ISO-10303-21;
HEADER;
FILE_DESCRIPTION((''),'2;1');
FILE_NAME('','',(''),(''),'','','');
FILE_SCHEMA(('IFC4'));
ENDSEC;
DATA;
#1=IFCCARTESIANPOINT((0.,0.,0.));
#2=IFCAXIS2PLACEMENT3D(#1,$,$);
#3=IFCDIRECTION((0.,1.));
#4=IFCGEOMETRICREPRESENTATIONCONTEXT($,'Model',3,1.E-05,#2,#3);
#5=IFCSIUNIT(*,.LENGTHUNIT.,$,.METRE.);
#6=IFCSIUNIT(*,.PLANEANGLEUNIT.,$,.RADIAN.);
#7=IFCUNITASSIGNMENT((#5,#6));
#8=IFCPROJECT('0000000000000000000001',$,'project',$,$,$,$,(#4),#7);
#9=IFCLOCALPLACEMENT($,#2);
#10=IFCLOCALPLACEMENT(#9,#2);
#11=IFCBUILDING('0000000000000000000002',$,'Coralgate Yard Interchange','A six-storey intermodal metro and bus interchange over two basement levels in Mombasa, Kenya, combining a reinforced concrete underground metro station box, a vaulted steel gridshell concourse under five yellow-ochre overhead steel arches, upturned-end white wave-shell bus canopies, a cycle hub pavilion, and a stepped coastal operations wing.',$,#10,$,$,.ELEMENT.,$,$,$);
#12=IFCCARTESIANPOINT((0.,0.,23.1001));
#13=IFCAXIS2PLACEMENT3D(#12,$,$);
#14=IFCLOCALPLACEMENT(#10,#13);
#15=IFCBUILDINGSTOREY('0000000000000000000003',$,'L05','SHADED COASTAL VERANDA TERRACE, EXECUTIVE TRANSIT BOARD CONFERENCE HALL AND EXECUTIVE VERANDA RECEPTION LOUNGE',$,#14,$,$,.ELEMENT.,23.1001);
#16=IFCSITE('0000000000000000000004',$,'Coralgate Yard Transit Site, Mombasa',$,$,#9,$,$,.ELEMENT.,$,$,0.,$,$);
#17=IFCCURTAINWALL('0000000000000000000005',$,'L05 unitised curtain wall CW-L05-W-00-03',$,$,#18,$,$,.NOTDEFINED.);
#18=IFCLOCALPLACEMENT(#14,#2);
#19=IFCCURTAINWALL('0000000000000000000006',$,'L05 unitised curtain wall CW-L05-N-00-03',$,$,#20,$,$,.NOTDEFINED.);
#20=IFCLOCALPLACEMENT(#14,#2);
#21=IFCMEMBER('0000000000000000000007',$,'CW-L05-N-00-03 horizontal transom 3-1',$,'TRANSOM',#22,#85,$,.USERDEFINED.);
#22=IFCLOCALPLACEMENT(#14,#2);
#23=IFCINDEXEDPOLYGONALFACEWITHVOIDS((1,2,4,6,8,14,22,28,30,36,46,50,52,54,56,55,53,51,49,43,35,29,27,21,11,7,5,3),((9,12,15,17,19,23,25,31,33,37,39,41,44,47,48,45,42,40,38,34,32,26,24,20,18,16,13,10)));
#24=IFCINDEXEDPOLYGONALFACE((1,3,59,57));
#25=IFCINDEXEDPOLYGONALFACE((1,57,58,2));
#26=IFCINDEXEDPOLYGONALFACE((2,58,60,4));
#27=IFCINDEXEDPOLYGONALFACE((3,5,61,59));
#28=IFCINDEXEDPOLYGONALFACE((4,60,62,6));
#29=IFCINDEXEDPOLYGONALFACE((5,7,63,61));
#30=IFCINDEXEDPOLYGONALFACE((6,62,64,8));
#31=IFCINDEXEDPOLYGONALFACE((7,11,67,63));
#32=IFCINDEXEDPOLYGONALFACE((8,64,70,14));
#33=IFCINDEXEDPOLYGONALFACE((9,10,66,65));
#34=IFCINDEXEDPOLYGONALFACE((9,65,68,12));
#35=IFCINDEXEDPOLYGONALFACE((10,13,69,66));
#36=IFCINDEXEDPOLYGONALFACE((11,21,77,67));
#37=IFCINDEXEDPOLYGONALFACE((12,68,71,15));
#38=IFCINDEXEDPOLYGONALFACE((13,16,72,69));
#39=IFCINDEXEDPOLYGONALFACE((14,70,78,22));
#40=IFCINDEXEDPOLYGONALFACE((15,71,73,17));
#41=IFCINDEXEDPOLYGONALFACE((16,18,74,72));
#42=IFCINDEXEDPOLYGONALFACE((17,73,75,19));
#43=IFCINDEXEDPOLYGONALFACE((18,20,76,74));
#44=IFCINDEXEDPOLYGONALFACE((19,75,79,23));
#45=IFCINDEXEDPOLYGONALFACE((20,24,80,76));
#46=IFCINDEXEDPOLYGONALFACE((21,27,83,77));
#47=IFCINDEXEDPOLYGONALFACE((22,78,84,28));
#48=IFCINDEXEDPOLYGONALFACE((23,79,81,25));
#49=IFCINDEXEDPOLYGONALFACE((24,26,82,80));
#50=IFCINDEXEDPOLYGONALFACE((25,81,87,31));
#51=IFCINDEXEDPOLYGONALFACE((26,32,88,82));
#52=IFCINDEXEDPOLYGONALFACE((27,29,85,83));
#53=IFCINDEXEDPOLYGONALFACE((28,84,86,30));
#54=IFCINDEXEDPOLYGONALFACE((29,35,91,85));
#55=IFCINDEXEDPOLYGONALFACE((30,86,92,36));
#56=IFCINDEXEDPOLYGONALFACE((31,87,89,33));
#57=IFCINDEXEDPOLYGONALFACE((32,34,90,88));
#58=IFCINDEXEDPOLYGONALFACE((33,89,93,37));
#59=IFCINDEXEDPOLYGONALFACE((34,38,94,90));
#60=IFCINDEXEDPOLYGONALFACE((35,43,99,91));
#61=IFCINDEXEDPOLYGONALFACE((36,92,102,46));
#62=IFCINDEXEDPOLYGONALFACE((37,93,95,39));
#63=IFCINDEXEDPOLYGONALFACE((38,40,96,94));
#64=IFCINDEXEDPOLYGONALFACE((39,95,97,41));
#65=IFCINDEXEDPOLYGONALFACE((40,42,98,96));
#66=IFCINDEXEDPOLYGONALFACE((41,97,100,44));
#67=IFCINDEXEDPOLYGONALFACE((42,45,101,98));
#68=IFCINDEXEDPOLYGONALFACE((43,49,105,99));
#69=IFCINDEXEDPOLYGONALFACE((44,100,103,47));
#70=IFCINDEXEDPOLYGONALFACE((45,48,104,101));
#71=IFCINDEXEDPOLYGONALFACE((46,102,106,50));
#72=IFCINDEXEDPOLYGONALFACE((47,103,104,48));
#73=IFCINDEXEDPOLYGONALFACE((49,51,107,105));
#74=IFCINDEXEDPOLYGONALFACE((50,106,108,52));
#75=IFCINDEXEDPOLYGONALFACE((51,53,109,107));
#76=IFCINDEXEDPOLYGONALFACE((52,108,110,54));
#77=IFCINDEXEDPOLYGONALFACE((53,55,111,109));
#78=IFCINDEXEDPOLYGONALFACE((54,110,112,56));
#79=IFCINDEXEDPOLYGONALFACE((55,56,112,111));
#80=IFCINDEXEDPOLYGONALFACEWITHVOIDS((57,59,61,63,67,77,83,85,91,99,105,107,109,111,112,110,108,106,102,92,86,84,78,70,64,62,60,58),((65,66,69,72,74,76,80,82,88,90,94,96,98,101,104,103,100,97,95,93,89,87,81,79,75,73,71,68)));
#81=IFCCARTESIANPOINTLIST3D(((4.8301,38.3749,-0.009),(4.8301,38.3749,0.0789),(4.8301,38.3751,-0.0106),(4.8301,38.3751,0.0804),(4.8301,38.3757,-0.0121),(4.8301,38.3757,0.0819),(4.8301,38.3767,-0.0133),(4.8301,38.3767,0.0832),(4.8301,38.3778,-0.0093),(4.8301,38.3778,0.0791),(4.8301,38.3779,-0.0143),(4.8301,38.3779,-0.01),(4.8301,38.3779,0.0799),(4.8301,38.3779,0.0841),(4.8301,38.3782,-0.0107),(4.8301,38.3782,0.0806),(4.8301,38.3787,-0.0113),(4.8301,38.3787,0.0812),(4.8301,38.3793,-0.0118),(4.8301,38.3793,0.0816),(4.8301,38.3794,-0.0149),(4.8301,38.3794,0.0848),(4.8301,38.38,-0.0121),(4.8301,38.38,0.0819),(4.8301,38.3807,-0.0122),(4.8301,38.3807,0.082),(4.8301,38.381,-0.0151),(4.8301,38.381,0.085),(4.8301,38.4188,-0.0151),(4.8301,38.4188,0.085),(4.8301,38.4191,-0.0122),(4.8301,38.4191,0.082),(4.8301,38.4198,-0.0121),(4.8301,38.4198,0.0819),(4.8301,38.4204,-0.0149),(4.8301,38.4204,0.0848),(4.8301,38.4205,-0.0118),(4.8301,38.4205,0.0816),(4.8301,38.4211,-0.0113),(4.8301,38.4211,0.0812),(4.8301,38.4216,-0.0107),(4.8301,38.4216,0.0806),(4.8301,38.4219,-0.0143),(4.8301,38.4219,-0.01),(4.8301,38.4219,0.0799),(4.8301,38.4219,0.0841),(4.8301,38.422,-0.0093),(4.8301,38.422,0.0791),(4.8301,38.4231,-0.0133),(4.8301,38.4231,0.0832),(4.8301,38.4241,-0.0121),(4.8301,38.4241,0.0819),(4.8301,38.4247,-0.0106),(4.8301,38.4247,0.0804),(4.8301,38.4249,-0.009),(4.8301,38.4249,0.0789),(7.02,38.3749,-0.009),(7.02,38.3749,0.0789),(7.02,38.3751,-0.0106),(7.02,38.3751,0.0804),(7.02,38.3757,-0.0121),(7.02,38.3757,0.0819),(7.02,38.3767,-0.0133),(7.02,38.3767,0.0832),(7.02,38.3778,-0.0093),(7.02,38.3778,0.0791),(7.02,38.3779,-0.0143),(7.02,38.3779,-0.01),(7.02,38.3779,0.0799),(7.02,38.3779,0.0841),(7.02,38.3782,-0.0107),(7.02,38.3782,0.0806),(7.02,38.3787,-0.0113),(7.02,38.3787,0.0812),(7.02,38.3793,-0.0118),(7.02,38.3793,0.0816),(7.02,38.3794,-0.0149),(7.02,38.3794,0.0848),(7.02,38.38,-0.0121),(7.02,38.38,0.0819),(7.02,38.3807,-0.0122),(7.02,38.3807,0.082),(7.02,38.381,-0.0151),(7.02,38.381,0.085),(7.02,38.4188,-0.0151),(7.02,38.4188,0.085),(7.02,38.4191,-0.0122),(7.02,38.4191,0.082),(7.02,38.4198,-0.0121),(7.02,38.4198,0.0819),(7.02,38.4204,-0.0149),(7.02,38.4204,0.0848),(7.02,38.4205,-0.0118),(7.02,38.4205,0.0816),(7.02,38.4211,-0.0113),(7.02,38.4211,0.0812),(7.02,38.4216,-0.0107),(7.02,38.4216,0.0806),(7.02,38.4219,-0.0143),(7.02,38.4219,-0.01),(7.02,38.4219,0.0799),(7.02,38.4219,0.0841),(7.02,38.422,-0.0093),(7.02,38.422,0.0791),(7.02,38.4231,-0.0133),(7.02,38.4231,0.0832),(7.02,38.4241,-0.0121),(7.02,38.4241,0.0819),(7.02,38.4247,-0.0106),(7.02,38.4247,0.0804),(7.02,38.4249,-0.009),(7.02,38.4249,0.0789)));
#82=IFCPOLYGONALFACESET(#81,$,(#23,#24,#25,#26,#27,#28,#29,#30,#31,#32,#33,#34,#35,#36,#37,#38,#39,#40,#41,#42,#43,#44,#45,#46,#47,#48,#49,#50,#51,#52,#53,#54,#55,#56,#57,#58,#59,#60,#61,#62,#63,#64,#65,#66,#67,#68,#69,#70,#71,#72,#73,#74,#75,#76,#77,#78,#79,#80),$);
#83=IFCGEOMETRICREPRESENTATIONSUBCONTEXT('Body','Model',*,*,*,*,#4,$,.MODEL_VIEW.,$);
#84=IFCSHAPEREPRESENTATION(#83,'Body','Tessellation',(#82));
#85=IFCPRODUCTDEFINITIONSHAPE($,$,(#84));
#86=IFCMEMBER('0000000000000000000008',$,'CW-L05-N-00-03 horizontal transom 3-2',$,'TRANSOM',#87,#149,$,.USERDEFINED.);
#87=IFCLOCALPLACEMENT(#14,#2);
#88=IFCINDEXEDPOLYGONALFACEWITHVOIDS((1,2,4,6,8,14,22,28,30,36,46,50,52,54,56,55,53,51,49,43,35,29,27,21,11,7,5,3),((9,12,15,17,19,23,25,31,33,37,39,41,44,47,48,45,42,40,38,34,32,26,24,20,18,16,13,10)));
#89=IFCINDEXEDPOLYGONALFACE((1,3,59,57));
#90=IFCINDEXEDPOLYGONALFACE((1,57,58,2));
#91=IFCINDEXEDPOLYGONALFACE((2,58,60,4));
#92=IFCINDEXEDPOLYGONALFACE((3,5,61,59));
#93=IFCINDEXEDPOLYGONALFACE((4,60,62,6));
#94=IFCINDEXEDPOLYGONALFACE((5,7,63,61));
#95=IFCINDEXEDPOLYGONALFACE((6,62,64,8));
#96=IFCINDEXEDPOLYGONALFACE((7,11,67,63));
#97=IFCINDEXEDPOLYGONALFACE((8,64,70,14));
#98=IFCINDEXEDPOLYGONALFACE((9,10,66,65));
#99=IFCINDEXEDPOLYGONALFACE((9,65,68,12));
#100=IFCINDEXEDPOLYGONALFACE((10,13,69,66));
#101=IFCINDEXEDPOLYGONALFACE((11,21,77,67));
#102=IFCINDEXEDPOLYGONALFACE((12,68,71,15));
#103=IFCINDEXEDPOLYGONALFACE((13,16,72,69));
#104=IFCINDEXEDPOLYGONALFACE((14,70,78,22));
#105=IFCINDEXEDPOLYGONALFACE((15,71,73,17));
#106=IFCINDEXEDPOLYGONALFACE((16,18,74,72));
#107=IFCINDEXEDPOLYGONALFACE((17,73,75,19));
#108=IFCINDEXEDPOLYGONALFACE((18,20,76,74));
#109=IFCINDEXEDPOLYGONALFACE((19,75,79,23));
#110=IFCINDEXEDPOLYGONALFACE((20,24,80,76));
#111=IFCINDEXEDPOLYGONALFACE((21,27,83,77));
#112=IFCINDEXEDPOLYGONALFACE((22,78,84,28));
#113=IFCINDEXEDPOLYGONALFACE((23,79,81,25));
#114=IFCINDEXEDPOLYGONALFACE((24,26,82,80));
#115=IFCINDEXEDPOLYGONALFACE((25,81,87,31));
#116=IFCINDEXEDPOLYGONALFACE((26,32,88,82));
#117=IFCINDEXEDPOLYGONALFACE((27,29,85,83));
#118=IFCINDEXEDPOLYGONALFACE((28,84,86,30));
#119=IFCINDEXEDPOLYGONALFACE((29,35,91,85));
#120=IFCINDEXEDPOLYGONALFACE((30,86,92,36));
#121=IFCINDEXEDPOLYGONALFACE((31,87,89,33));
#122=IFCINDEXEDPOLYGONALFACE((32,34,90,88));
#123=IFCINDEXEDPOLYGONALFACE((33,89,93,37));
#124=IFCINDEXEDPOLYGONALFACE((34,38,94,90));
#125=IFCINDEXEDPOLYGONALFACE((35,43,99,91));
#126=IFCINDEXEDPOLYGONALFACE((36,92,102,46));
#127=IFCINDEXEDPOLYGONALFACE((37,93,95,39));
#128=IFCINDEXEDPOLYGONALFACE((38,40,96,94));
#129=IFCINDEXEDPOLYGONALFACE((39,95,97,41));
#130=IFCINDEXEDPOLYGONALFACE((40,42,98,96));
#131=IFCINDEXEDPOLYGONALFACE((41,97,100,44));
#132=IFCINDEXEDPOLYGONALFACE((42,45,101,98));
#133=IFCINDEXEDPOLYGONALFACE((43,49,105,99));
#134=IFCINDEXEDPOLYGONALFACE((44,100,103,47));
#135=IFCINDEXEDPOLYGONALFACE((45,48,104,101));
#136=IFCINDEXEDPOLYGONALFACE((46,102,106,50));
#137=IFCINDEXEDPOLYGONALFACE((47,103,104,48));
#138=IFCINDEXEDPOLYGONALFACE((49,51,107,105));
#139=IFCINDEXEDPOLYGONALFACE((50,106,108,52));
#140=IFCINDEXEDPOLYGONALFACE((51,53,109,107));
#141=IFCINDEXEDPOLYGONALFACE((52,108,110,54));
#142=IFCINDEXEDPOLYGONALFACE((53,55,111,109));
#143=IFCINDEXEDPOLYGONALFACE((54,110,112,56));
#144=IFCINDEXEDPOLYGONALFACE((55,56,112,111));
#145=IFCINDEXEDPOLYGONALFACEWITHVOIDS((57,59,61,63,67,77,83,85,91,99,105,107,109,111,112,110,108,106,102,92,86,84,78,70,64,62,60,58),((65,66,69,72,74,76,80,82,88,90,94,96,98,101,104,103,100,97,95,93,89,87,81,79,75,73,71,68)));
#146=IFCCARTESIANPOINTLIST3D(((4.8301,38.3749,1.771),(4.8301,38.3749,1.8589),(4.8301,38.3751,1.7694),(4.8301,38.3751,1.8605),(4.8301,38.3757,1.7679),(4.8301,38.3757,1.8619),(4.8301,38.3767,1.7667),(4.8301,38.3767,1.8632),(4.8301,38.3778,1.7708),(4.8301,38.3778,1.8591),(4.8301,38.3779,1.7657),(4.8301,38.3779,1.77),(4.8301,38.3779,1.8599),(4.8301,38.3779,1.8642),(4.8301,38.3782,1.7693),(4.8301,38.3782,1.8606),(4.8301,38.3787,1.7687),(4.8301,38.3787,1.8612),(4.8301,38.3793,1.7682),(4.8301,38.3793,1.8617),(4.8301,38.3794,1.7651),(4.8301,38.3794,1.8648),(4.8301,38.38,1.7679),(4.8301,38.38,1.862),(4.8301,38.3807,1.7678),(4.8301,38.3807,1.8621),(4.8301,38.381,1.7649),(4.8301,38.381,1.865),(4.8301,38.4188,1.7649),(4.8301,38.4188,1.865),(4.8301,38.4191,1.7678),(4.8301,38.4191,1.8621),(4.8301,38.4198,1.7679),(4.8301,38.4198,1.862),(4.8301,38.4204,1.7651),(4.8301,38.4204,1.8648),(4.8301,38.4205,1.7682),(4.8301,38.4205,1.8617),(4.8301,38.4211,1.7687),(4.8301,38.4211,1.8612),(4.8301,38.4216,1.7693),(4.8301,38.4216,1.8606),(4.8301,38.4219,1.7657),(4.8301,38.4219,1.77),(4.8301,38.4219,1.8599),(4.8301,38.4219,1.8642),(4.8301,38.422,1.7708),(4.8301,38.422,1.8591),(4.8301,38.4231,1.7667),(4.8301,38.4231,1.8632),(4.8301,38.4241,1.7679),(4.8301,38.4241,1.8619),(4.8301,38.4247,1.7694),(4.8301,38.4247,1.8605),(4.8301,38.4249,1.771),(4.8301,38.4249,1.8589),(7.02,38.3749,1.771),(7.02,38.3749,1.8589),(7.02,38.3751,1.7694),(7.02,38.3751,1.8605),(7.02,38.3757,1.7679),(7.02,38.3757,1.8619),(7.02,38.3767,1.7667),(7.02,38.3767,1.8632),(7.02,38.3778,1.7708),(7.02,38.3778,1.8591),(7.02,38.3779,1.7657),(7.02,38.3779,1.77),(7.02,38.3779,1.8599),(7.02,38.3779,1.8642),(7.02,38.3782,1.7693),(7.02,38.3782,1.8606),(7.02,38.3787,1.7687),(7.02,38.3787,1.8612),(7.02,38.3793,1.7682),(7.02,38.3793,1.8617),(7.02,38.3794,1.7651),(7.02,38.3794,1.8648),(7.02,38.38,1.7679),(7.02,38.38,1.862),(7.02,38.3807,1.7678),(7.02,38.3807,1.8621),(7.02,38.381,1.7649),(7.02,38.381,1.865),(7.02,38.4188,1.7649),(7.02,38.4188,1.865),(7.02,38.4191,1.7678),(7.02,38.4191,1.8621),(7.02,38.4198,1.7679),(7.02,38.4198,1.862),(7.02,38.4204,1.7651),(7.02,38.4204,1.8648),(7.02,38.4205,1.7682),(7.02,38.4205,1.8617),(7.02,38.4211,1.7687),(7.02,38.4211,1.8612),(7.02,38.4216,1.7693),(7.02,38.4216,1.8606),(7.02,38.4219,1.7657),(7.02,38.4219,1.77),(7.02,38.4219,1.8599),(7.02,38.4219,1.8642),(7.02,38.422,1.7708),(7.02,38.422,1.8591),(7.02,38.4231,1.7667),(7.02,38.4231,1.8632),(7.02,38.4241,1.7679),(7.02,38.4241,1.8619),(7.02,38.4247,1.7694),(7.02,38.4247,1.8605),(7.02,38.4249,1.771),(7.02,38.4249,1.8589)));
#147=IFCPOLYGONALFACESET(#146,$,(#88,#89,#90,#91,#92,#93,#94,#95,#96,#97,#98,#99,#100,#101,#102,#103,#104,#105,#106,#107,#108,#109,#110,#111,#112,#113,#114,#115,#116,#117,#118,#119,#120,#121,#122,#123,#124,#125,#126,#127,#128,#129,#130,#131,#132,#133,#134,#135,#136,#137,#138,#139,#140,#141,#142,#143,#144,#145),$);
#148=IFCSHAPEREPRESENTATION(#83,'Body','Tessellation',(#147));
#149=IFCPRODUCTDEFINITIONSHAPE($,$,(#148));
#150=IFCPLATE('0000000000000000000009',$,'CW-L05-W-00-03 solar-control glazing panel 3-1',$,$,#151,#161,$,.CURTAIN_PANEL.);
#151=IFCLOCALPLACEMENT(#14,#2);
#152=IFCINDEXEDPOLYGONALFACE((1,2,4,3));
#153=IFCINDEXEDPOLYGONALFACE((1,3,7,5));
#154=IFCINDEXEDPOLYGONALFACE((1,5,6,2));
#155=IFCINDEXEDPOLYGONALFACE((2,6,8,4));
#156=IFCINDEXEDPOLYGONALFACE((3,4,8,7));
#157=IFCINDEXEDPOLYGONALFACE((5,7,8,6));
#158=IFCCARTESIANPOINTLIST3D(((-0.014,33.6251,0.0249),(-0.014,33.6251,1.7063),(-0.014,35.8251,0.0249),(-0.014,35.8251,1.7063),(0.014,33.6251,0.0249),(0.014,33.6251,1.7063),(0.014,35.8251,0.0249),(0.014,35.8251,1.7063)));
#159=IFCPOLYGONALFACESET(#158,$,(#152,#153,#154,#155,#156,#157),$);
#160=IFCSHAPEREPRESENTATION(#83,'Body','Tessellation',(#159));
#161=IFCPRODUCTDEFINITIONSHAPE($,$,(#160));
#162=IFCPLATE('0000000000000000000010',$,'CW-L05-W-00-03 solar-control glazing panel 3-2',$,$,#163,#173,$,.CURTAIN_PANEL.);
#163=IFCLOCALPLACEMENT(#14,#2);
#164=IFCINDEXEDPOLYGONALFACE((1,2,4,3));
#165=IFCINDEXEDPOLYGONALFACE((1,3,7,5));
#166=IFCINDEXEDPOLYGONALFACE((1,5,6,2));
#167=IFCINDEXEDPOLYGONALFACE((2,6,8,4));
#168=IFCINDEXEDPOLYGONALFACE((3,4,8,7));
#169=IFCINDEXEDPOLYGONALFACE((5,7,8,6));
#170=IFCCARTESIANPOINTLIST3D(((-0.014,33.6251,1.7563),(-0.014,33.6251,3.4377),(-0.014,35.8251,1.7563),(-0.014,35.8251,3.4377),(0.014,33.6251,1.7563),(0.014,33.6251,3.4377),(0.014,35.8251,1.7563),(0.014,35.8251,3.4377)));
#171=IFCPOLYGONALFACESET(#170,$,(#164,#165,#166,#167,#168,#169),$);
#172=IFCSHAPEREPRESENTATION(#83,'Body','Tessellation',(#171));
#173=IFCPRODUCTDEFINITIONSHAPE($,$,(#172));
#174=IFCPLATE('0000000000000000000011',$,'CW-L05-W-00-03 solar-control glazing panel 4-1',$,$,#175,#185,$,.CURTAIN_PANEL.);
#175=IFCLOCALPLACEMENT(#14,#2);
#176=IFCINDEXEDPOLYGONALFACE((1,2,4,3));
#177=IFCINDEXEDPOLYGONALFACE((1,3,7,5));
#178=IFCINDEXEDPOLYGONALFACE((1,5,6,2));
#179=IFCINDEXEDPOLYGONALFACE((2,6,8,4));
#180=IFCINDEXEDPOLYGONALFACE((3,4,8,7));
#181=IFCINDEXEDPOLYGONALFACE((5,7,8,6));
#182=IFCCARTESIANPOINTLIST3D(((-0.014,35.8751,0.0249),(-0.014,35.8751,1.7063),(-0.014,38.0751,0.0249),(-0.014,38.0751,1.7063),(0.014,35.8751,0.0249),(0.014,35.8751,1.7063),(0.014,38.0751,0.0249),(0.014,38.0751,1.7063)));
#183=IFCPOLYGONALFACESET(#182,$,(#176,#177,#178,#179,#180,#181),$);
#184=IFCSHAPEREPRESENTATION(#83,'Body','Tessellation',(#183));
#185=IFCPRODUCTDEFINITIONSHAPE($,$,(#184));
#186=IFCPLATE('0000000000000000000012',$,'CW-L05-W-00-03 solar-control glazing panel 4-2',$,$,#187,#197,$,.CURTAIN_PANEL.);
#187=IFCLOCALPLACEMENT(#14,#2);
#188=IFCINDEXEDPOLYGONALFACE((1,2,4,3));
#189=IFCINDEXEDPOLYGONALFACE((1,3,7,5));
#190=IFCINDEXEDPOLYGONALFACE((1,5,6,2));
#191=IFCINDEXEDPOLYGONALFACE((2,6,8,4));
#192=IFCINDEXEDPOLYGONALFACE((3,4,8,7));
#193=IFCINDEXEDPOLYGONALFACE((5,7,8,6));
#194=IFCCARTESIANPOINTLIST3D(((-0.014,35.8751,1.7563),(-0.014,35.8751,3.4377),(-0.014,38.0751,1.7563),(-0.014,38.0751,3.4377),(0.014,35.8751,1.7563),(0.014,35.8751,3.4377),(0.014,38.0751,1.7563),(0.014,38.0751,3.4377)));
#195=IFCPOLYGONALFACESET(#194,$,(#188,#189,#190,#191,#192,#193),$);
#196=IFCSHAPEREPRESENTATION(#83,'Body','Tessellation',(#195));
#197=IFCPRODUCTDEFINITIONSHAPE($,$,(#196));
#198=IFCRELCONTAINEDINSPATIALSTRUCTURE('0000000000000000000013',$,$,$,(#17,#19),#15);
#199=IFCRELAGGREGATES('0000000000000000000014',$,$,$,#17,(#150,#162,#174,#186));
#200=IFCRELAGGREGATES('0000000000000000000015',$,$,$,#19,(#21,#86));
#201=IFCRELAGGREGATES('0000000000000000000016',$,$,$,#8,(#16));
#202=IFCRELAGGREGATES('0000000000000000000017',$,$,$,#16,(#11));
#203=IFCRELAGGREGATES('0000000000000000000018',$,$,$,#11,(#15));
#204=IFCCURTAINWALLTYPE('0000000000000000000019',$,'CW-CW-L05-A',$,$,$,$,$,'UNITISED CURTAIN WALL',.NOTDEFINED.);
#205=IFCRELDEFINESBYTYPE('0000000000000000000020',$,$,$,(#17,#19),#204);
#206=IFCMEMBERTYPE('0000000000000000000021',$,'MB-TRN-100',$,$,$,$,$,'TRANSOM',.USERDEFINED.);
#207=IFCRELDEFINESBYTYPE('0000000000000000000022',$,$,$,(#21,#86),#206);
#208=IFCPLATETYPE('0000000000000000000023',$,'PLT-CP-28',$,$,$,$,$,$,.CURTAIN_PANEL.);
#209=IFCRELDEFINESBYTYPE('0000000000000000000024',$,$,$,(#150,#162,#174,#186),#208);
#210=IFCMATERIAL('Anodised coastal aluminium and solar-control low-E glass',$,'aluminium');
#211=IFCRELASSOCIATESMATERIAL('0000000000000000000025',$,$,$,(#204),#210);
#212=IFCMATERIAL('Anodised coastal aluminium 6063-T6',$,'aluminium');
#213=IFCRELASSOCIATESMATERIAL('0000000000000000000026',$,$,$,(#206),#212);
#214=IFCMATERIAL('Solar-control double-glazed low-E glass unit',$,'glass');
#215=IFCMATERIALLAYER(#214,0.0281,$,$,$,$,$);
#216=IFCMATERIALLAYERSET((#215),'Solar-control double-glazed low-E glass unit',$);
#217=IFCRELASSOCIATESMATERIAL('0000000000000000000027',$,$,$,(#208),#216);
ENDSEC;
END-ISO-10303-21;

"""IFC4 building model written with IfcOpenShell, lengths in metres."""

from ifc_helpers import new_model, si_unit, direction, frame, origin, origin_2d, place, context, subcontext, project, spatial, rectangle, hollow_rectangle, extrude, material, layer, layer_set, material_profile, profile_set, type_object, element, aggregate, save


model = new_model("IFC4")

# Units and contexts
model_context = context("Model", 3, precision=1e-05, world=origin(), true_north=direction((0.0, 1.0)))
body_context = subcontext(model_context, "Body", "Model", "MODEL_VIEW")
ifc_project = project(units=[si_unit("LENGTHUNIT", "METRE"), si_unit("PLANEANGLEUNIT", "RADIAN")], contexts=[model_context])

# Site, building, storey
site_placement = place(None, origin())
site = spatial("IfcSite", under=ifc_project, at=site_placement, Name="Coralgate Yard Transit Site, Mombasa", CompositionType="ELEMENT", RefElevation=0.0)
building_placement = place(site_placement, origin())
building = spatial("IfcBuilding", under=site, at=building_placement, Name="Coralgate Yard Interchange", Description="A six-storey intermodal metro and bus interchange over two basement levels in Mombasa, Kenya, combining a reinforced concrete underground metro station box, a vaulted steel gridshell concourse under five yellow-ochre overhead steel arches, upturned-end white wave-shell bus canopies, a cycle hub pavilion, and a stepped coastal operations wing.", CompositionType="ELEMENT")
storey_placement = place(building_placement, frame((0.0, 0.0, 23.1001)))
storey = spatial("IfcBuildingStorey", under=building, at=storey_placement, Name="L05", Description="SHADED COASTAL VERANDA TERRACE, EXECUTIVE TRANSIT BOARD CONFERENCE HALL AND EXECUTIVE VERANDA RECEPTION LOUNGE", CompositionType="ELEMENT", Elevation=23.1001)

# Curtain walls
ifc_material_1 = material(Name="Anodised coastal aluminium and solar-control low-E glass", Category="aluminium")
curtain_wall_type = type_object("IfcCurtainWallType", Name="CW-CW-L05-A", ElementType="UNITISED CURTAIN WALL", PredefinedType="NOTDEFINED", material=ifc_material_1)
curtain_wall_1_placement = place(storey_placement, origin())
curtain_wall_1 = element("IfcCurtainWall", 1, at=curtain_wall_1_placement, inside=storey, type_object=curtain_wall_type, Name="L05 unitised curtain wall CW-L05-W-00-03", PredefinedType="NOTDEFINED")
ifc_material_2 = material(Name="Anodised coastal aluminium 6063-T6", Category="aluminium")
curtain_wall_2_placement = place(storey_placement, origin())
curtain_wall_2 = element("IfcCurtainWall", 2, at=curtain_wall_2_placement, inside=storey, type_object=curtain_wall_type, Name="L05 unitised curtain wall CW-L05-N-00-03", PredefinedType="NOTDEFINED")

# Members
ifc_material_profile_1 = material_profile(ifc_material_2, hollow_rectangle(XDim=0.05, YDim=0.1001, WallThickness=0.0029, InnerFilletRadius=0.0029, OuterFilletRadius=0.0061, at=origin_2d()), Name="ALU 50x100x3")
ifc_profile_set_1 = profile_set([ifc_material_profile_1], Name="Anodised coastal aluminium 6063-T6")
member_type_1 = type_object("IfcMemberType", Name="MB-TRN-100", ElementType="TRANSOM", PredefinedType="USERDEFINED", material=ifc_profile_set_1)
member_1_placement = place(storey_placement, frame((4.8301, 38.3999, 0.0349), z_axis=(1.0, 0.0, 0.0), x_axis=(0.0, 1.0, 0.0)))
member_1 = element("IfcMember", 3, at=member_1_placement, type_object=member_type_1, Name="CW-L05-N-00-03 horizontal transom 3-1", ObjectType="TRANSOM", PredefinedType="USERDEFINED", context=body_context, shape_type="SweptSolid", body=[
    extrude(hollow_rectangle(XDim=0.05, YDim=0.1001, WallThickness=0.0029, InnerFilletRadius=0.0029, OuterFilletRadius=0.0061, at=origin_2d()), origin(), (0.0, 0.0, 1.0), 2.1899),
])
member_2_placement = place(storey_placement, frame((4.8301, 38.3999, 1.8149), z_axis=(1.0, 0.0, 0.0), x_axis=(0.0, 1.0, 0.0)))
member_2 = element("IfcMember", 4, at=member_2_placement, type_object=member_type_1, Name="CW-L05-N-00-03 horizontal transom 3-2", ObjectType="TRANSOM", PredefinedType="USERDEFINED", context=body_context, shape_type="SweptSolid", body=[
    extrude(hollow_rectangle(XDim=0.05, YDim=0.1001, WallThickness=0.0029, InnerFilletRadius=0.0029, OuterFilletRadius=0.0061, at=origin_2d()), origin(), (0.0, 0.0, 1.0), 2.1899),
])

# Plates
ifc_material_3 = material(Name="Solar-control double-glazed low-E glass unit", Category="glass")
ifc_layer_1 = layer(ifc_material_3, 0.0281)
ifc_layer_set_1 = layer_set([ifc_layer_1], Name="Solar-control double-glazed low-E glass unit")
plate_type = type_object("IfcPlateType", Name="PLT-CP-28", PredefinedType="CURTAIN_PANEL", material=ifc_layer_set_1)
plate_1_placement = place(storey_placement, frame((0.0, 34.7251, 0.0249), z_axis=(0.0, 0.0, 1.0), x_axis=(0.0, 1.0, 0.0)))
plate_1 = element("IfcPlate", 5, at=plate_1_placement, type_object=plate_type, Name="CW-L05-W-00-03 solar-control glazing panel 3-1", PredefinedType="CURTAIN_PANEL", context=body_context, shape_type="SweptSolid", body=[
    extrude(rectangle(XDim=2.2, YDim=0.0281, at=origin_2d()), origin(), (0.0, 0.0, 1.0), 1.6814),
])
plate_2_placement = place(storey_placement, frame((0.0, 34.7251, 1.7563), z_axis=(0.0, 0.0, 1.0), x_axis=(0.0, 1.0, 0.0)))
plate_2 = element("IfcPlate", 6, at=plate_2_placement, type_object=plate_type, Name="CW-L05-W-00-03 solar-control glazing panel 3-2", PredefinedType="CURTAIN_PANEL", context=body_context, shape_type="SweptSolid", body=[
    extrude(rectangle(XDim=2.2, YDim=0.0281, at=origin_2d()), origin(), (0.0, 0.0, 1.0), 1.6814),
])
plate_3_placement = place(storey_placement, frame((0.0, 36.9751, 0.0249), z_axis=(0.0, 0.0, 1.0), x_axis=(0.0, 1.0, 0.0)))
plate_3 = element("IfcPlate", 7, at=plate_3_placement, type_object=plate_type, Name="CW-L05-W-00-03 solar-control glazing panel 4-1", PredefinedType="CURTAIN_PANEL", context=body_context, shape_type="SweptSolid", body=[
    extrude(rectangle(XDim=2.2, YDim=0.0281, at=origin_2d()), origin(), (0.0, 0.0, 1.0), 1.6814),
])
plate_4_placement = place(storey_placement, frame((0.0, 36.9751, 1.7563), z_axis=(0.0, 0.0, 1.0), x_axis=(0.0, 1.0, 0.0)))
plate_4 = element("IfcPlate", 8, at=plate_4_placement, type_object=plate_type, Name="CW-L05-W-00-03 solar-control glazing panel 4-2", PredefinedType="CURTAIN_PANEL", context=body_context, shape_type="SweptSolid", body=[
    extrude(rectangle(XDim=2.2, YDim=0.0281, at=origin_2d()), origin(), (0.0, 0.0, 1.0), 1.6814),
])
aggregate(curtain_wall_1, [plate_1, plate_2, plate_3, plate_4])
aggregate(curtain_wall_2, [member_1, member_2])

save(model, "model.ifc")
